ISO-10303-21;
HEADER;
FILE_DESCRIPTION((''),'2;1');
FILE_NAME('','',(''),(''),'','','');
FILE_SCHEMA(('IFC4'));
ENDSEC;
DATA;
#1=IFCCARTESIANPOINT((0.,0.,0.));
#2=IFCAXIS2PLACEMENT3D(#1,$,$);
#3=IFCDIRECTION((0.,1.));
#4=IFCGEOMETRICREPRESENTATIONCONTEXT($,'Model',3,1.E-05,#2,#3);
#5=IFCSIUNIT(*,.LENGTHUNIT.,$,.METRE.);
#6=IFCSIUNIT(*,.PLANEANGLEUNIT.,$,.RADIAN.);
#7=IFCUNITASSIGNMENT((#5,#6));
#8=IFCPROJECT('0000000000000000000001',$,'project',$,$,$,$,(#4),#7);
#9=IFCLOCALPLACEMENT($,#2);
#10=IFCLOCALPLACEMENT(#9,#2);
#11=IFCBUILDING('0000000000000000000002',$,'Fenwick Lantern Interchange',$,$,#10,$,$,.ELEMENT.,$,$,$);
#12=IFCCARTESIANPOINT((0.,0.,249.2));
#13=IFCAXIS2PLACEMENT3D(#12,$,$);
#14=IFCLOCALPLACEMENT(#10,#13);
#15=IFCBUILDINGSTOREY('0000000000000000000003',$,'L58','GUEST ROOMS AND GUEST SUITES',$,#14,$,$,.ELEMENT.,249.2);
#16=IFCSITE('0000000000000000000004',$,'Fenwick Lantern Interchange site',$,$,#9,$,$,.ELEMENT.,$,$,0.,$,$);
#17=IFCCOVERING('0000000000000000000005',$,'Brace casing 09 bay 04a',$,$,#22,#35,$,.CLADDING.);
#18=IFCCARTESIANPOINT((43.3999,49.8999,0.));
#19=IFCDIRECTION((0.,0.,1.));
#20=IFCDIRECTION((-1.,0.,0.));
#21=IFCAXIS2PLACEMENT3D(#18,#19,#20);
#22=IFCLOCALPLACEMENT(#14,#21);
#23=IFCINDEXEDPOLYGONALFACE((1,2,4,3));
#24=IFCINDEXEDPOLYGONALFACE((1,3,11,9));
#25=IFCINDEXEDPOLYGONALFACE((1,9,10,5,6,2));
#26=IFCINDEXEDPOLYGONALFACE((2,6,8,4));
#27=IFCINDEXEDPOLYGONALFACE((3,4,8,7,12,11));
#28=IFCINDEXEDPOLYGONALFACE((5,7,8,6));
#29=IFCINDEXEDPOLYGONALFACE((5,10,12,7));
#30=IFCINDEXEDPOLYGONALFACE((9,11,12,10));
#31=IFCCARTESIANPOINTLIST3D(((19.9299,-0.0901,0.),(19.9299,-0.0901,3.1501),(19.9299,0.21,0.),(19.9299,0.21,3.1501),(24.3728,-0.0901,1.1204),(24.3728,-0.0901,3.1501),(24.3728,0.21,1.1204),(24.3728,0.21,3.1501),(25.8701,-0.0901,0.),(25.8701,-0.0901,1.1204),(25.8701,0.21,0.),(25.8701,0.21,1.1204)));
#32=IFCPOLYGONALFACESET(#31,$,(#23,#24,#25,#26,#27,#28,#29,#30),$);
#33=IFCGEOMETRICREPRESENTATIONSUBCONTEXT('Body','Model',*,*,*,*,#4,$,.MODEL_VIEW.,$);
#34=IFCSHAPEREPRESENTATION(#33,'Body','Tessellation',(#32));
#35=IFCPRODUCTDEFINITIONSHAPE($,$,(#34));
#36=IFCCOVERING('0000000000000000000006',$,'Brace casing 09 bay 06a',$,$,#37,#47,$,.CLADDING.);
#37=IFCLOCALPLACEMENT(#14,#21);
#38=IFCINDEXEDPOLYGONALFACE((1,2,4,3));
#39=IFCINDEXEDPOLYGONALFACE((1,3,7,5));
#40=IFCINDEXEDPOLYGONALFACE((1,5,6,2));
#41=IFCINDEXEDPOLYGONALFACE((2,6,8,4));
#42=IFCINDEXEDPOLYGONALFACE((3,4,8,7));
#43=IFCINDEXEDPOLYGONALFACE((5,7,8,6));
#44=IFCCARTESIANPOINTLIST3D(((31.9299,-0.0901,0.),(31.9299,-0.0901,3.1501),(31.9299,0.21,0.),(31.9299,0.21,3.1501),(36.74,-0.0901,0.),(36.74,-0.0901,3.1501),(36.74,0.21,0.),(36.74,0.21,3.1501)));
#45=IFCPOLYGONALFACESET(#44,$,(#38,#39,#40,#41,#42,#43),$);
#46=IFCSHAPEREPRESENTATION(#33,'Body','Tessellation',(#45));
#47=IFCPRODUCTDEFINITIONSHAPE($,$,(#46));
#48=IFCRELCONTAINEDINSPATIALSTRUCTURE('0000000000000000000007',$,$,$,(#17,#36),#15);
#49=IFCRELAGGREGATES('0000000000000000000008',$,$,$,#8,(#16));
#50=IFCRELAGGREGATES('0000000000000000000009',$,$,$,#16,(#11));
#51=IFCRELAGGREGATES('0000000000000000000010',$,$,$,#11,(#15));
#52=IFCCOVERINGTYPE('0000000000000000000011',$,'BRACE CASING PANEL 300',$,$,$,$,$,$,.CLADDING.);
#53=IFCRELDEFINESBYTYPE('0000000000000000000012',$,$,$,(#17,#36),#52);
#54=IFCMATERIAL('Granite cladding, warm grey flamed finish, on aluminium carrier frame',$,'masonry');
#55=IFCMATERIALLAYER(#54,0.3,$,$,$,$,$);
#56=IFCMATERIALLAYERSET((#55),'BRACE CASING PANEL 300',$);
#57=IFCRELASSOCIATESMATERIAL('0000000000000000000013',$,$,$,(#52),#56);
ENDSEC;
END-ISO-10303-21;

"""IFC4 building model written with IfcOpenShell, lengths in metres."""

from ifc_helpers import new_model, si_unit, direction, frame, origin, place, context, subcontext, project, spatial, polyline, outline, extrude, material, layer, layer_set, type_object, element, save


model = new_model("IFC4")

# Units and contexts
model_context = context("Model", 3, precision=1e-05, world=origin(), true_north=direction((0.0, 1.0)))
body_context = subcontext(model_context, "Body", "Model", "MODEL_VIEW")
ifc_project = project(units=[si_unit("LENGTHUNIT", "METRE"), si_unit("PLANEANGLEUNIT", "RADIAN")], contexts=[model_context])

# Site, building, storey
site_placement = place(None, origin())
site = spatial("IfcSite", under=ifc_project, at=site_placement, Name="Fenwick Lantern Interchange site", CompositionType="ELEMENT", RefElevation=0.0)
building_placement = place(site_placement, origin())
building = spatial("IfcBuilding", under=site, at=building_placement, Name="Fenwick Lantern Interchange", CompositionType="ELEMENT")
storey_placement = place(building_placement, frame((0.0, 0.0, 249.2)))
storey = spatial("IfcBuildingStorey", under=building, at=storey_placement, Name="L58", Description="GUEST ROOMS AND GUEST SUITES", CompositionType="ELEMENT", Elevation=249.2)

# Coverings
ifc_material_1 = material(Name="Granite cladding, warm grey flamed finish, on aluminium carrier frame", Category="masonry")
ifc_layer_1 = layer(ifc_material_1, 0.3)
ifc_layer_set_1 = layer_set([ifc_layer_1], Name="BRACE CASING PANEL 300")
covering_type = type_object("IfcCoveringType", Name="BRACE CASING PANEL 300", PredefinedType="CLADDING", material=ifc_layer_set_1)
covering_1_placement = place(storey_placement, frame((43.3999, 49.8999, 0.0), z_axis=(0.0, 0.0, 1.0), x_axis=(-1.0, 0.0, 0.0)))
element("IfcCovering", 1, at=covering_1_placement, inside=storey, type_object=covering_type, Name="Brace casing 09 bay 04a", PredefinedType="CLADDING", context=body_context, shape_type="SweptSolid", body=[
    extrude(outline(polyline([(19.9299, 0.0), (25.8701, 0.0), (25.8701, 1.1204), (24.3728, 1.1204), (24.3728, 3.1501), (19.9299, 3.1501), (19.9299, 0.0)])), frame((0.0, 0.21, 0.0), z_axis=(0.0, -1.0, 0.0), x_axis=(1.0, 0.0, 0.0)), (0.0, 0.0, 1.0), 0.3),
])
covering_2_placement = place(storey_placement, frame((43.3999, 49.8999, 0.0), z_axis=(0.0, 0.0, 1.0), x_axis=(-1.0, 0.0, 0.0)))
element("IfcCovering", 2, at=covering_2_placement, inside=storey, type_object=covering_type, Name="Brace casing 09 bay 06a", PredefinedType="CLADDING", context=body_context, shape_type="SweptSolid", body=[
    extrude(outline(polyline([(31.9299, 0.0), (36.74, 0.0), (36.74, 3.1501), (31.9299, 3.1501), (31.9299, 0.0)])), frame((0.0, 0.21, 0.0), z_axis=(0.0, -1.0, 0.0), x_axis=(1.0, 0.0, 0.0)), (0.0, 0.0, 1.0), 0.3),
])

save(model, "model.ifc")
